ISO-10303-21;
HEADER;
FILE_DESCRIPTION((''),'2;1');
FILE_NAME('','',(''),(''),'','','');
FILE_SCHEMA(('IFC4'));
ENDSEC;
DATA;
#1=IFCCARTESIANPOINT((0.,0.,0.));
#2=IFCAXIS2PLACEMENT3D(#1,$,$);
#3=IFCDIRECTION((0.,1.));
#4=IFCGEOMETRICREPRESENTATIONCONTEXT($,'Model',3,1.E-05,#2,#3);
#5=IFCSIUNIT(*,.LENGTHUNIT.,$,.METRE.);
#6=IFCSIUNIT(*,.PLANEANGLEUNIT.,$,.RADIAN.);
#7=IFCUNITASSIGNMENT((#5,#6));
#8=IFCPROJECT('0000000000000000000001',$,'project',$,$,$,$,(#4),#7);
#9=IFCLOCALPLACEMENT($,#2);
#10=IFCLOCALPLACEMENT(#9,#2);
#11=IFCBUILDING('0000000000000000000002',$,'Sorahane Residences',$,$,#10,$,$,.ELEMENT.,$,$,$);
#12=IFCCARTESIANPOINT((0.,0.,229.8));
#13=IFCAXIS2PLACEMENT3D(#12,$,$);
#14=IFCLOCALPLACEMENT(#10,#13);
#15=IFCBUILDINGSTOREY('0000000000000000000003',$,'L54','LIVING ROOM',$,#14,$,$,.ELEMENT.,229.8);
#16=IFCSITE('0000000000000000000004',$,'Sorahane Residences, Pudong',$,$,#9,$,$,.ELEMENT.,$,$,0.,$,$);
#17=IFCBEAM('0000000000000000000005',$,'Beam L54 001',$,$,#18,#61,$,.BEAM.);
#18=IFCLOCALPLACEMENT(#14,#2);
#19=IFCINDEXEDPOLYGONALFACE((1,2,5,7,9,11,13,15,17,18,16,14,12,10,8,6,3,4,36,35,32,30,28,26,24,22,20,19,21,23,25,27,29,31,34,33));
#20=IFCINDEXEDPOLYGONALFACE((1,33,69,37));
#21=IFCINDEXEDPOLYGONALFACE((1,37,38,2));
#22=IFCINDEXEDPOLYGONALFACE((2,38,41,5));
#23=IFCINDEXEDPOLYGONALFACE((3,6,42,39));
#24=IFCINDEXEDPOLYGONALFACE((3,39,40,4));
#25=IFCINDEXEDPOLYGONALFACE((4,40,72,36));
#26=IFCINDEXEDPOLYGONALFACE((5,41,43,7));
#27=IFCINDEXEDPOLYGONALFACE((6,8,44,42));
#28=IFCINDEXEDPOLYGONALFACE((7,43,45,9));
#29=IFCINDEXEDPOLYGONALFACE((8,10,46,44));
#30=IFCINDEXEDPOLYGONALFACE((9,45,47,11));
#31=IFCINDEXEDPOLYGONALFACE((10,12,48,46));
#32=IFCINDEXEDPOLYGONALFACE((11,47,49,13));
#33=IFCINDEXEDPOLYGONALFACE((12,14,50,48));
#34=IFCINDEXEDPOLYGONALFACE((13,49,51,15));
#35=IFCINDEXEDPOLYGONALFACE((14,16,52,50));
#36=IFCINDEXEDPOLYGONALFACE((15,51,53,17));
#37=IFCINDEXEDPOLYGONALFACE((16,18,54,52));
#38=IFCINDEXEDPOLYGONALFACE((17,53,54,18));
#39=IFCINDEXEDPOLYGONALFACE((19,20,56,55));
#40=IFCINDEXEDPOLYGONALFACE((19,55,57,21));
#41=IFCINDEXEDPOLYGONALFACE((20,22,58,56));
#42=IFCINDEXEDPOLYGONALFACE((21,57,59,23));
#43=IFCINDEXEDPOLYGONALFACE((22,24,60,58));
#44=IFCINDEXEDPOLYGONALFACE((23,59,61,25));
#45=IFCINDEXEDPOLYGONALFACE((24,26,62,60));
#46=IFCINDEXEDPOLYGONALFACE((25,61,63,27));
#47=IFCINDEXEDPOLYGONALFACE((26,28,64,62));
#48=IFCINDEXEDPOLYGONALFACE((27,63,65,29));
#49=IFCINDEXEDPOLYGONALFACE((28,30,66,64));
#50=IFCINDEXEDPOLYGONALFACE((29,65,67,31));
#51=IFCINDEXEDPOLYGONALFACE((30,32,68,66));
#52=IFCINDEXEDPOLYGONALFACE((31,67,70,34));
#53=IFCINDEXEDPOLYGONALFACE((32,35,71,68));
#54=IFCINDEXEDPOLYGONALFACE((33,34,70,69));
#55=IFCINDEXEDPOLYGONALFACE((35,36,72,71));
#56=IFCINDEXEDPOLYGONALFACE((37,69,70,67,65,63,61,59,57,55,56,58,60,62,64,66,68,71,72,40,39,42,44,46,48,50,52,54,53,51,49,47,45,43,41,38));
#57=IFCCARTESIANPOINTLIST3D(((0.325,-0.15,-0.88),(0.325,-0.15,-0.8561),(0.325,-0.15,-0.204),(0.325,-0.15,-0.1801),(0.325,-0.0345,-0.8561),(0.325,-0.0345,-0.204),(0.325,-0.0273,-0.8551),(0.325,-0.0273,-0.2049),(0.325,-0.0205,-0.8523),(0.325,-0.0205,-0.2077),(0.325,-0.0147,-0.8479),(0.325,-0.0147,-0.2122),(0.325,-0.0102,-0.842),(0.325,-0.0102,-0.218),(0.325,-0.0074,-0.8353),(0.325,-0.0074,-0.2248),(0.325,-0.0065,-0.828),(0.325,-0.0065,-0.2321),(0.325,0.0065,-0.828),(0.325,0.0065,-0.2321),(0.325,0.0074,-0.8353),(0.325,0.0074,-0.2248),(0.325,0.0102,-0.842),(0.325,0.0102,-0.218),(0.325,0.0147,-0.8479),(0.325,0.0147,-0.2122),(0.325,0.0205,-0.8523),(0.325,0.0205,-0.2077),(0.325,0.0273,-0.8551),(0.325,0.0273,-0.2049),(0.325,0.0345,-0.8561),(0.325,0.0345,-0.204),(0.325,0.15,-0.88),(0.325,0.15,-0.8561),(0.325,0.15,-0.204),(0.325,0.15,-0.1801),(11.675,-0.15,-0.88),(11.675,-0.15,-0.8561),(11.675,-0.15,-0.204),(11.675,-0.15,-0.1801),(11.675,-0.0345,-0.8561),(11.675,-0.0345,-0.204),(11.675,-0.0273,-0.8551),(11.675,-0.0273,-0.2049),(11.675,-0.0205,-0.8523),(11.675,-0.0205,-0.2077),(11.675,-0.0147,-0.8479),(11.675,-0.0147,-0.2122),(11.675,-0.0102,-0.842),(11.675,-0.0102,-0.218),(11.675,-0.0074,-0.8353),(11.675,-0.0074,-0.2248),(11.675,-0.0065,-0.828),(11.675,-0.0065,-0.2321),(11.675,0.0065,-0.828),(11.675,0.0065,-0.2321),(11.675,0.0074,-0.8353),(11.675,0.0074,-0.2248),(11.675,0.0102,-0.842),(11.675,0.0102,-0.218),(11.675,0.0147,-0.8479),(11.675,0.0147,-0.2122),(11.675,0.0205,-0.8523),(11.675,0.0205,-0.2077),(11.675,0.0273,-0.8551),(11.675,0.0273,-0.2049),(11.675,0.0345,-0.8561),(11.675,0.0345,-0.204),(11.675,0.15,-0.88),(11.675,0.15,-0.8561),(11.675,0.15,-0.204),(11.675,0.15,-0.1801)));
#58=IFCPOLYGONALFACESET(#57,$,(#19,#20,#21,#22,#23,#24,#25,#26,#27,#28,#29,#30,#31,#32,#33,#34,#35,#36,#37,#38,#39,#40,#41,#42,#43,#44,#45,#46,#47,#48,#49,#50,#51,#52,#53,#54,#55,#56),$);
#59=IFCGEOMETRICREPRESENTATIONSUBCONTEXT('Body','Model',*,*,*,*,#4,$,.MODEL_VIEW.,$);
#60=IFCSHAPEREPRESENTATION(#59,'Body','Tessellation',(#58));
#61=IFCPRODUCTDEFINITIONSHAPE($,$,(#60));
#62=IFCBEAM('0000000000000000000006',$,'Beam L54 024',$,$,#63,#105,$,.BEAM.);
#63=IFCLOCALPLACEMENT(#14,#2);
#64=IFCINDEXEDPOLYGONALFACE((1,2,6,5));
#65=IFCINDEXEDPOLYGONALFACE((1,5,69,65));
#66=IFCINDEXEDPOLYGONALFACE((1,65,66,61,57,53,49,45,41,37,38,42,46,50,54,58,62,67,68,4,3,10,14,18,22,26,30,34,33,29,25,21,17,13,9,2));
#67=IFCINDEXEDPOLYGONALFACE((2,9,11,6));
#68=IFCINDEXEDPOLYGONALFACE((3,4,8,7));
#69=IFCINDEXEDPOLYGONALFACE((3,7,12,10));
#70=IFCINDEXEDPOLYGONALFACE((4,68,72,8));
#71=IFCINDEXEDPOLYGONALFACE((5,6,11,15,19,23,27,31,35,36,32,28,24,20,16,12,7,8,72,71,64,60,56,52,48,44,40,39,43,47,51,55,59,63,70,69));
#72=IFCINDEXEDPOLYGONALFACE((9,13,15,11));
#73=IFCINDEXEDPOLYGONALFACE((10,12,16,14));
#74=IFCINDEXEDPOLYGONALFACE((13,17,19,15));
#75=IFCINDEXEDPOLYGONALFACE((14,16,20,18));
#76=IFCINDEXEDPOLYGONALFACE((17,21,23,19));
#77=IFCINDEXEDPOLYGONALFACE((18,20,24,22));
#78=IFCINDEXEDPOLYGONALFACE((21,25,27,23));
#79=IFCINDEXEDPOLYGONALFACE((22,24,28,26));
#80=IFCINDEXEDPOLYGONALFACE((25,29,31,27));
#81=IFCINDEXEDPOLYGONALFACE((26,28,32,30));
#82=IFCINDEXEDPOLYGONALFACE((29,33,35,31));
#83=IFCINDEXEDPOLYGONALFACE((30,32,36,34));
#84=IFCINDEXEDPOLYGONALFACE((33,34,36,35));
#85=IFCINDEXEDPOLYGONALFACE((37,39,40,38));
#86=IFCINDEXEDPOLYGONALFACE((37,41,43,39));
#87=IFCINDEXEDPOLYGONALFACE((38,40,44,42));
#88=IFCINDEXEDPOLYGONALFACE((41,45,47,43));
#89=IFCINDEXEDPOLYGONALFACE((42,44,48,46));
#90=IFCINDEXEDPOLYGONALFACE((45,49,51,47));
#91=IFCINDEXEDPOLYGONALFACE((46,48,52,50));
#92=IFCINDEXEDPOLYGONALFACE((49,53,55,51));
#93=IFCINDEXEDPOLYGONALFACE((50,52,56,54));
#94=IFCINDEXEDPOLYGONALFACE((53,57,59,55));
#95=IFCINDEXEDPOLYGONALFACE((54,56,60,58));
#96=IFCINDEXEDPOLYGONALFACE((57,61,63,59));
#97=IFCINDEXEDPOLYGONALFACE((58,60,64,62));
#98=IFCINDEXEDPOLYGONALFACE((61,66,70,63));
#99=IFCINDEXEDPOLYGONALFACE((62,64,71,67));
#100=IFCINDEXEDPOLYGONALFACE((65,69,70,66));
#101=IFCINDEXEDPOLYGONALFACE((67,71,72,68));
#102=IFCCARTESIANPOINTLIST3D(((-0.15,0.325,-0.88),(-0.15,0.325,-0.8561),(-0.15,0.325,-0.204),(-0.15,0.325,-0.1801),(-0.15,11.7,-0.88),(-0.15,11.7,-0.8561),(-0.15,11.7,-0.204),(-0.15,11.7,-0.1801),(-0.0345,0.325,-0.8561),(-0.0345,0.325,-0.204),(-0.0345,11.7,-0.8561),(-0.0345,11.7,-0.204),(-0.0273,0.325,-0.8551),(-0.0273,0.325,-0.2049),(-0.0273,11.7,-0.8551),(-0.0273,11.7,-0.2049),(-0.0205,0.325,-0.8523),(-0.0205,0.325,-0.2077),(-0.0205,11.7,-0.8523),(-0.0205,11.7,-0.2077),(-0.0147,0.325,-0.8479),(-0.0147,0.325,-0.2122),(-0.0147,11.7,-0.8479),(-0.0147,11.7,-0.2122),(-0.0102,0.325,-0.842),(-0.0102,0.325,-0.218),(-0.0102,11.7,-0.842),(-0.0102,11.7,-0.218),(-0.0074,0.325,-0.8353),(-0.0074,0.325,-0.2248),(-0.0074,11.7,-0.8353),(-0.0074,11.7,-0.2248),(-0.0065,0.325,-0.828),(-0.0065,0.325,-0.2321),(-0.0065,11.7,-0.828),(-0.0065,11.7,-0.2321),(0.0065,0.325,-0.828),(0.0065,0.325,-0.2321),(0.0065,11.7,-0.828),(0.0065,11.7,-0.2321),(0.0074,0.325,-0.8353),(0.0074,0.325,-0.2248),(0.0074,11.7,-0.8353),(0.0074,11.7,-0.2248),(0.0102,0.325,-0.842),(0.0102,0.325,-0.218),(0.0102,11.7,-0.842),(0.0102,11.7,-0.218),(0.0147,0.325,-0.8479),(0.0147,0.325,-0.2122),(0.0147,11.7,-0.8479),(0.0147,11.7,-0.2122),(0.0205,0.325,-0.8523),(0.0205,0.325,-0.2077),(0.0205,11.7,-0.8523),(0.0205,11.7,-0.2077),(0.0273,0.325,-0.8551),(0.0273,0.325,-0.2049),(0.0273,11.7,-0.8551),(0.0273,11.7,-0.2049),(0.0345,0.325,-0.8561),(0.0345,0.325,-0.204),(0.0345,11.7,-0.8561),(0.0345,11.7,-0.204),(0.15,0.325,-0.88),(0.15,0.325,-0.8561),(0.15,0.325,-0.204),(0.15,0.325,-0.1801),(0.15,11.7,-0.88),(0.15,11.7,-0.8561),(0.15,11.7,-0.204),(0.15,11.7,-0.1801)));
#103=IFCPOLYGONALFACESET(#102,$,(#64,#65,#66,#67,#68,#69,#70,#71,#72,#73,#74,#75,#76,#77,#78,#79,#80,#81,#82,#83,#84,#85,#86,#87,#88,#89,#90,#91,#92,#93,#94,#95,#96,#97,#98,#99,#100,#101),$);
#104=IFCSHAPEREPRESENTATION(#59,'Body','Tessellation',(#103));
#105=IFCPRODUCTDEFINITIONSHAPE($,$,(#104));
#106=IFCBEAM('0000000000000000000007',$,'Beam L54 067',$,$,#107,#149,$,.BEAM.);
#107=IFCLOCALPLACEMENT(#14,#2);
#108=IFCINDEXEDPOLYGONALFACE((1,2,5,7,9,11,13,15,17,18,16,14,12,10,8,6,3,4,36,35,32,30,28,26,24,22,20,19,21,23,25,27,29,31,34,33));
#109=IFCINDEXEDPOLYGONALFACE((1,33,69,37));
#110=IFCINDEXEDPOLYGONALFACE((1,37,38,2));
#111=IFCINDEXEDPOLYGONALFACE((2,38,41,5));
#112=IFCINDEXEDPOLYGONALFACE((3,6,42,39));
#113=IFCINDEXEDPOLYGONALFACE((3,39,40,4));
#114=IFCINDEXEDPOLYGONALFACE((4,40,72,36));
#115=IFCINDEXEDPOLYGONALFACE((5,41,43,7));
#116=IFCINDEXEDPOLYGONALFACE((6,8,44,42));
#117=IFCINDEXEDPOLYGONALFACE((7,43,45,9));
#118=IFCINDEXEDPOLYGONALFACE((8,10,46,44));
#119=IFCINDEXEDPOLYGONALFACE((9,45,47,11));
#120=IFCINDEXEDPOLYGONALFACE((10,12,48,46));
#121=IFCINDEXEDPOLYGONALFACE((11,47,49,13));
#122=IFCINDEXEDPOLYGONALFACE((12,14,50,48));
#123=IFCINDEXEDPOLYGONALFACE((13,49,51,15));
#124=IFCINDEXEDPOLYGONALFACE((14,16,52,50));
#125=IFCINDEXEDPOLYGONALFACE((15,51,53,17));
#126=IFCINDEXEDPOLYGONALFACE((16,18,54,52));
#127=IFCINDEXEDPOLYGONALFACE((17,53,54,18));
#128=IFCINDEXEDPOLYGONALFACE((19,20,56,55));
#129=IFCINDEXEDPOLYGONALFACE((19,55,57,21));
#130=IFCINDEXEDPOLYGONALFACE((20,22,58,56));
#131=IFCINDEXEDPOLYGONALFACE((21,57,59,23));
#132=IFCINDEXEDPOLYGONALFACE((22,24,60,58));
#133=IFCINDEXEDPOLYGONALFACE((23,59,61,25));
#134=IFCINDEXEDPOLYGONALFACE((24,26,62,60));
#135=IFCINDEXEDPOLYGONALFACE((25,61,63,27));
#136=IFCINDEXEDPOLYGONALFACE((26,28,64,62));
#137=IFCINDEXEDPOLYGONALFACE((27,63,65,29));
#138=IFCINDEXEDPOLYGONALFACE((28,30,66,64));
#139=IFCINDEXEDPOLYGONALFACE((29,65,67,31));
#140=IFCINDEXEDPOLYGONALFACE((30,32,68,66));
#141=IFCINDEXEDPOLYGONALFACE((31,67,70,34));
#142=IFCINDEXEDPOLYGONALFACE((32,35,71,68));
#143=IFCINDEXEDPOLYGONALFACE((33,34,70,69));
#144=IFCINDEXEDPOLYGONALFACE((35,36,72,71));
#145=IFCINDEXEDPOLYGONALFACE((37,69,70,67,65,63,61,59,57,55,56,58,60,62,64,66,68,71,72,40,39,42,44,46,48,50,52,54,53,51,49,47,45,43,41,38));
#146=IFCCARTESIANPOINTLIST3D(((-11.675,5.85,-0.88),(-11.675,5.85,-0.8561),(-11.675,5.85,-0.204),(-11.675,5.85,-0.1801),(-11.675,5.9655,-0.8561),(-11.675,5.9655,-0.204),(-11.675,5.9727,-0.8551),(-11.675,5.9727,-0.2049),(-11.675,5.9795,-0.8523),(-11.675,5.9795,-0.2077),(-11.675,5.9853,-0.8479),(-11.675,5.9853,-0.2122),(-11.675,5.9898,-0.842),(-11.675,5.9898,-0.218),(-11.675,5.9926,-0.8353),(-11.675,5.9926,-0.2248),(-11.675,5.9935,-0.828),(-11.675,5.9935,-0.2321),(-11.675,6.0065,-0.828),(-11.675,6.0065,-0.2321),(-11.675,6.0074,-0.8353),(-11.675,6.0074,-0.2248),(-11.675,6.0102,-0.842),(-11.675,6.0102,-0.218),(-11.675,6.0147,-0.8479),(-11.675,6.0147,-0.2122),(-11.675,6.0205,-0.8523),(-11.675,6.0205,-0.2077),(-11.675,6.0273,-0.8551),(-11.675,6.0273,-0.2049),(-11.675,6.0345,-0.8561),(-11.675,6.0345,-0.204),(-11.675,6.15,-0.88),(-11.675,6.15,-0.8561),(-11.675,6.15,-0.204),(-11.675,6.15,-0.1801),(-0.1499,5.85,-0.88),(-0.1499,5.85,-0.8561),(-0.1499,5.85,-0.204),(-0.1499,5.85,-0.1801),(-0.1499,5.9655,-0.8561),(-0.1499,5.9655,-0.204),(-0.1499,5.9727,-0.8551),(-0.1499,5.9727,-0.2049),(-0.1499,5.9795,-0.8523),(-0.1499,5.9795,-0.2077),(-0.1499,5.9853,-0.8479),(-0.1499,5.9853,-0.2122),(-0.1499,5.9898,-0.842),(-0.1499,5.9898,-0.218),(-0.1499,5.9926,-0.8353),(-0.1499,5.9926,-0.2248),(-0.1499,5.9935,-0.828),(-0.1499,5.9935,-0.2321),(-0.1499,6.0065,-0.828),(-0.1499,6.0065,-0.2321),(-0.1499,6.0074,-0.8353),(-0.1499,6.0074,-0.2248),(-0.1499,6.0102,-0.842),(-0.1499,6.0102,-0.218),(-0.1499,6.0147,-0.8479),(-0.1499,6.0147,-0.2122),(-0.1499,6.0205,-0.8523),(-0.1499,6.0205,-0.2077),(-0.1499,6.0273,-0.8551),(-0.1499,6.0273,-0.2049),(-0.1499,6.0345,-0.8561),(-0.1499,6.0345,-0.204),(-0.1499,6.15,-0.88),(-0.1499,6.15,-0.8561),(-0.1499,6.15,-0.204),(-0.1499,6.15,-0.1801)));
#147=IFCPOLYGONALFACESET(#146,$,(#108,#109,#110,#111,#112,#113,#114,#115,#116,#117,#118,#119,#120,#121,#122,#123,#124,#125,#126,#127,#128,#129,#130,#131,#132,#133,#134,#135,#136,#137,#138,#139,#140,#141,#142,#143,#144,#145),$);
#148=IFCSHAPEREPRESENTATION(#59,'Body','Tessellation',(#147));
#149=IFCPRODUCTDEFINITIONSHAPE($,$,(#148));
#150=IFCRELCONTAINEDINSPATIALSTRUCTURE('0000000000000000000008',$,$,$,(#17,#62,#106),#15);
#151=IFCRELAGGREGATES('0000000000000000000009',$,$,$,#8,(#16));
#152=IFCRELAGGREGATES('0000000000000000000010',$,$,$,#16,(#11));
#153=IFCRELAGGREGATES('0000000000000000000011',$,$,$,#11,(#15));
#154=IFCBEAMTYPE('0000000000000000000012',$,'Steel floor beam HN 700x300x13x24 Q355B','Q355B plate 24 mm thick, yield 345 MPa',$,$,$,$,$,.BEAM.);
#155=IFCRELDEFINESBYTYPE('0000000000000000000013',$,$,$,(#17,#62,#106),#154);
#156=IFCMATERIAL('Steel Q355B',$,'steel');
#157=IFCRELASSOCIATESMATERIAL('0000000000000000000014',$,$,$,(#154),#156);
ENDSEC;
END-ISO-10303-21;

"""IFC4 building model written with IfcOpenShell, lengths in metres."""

from ifc_helpers import new_model, si_unit, direction, frame, origin, origin_2d, place, context, subcontext, project, spatial, i_section, extrude, material, material_profile, profile_set, type_object, element, save


model = new_model("IFC4")

# Units and contexts
model_context = context("Model", 3, precision=1e-05, world=origin(), true_north=direction((0.0, 1.0)))
body_context = subcontext(model_context, "Body", "Model", "MODEL_VIEW")
ifc_project = project(units=[si_unit("LENGTHUNIT", "METRE"), si_unit("PLANEANGLEUNIT", "RADIAN")], contexts=[model_context])

# Site, building, storey
site_placement = place(None, origin())
site = spatial("IfcSite", under=ifc_project, at=site_placement, Name="Sorahane Residences, Pudong", CompositionType="ELEMENT", RefElevation=0.0)
building_placement = place(site_placement, origin())
building = spatial("IfcBuilding", under=site, at=building_placement, Name="Sorahane Residences", CompositionType="ELEMENT")
storey_placement = place(building_placement, frame((0.0, 0.0, 229.8)))
storey = spatial("IfcBuildingStorey", under=building, at=storey_placement, Name="L54", Description="LIVING ROOM", CompositionType="ELEMENT", Elevation=229.8)

# Beams
ifc_material_1 = material(Name="Steel Q355B", Category="steel")
ifc_material_profile_1 = material_profile(ifc_material_1, i_section(OverallWidth=0.3, OverallDepth=0.7, WebThickness=0.0129, FlangeThickness=0.0239, FilletRadius=0.0281, at=origin_2d()), Name="HN 700x300x13x24")
ifc_profile_set_1 = profile_set([ifc_material_profile_1], Name="Steel Q355B")
beam_type_1 = type_object("IfcBeamType", Name="Steel floor beam HN 700x300x13x24 Q355B", Description="Q355B plate 24 mm thick, yield 345 MPa", PredefinedType="BEAM", material=ifc_profile_set_1)
beam_1_placement = place(storey_placement, frame((0.325, 0.0, -0.53), z_axis=(1.0, 0.0, 0.0), x_axis=(0.0, 1.0, 0.0)))
element("IfcBeam", 1, at=beam_1_placement, inside=storey, type_object=beam_type_1, Name="Beam L54 001", PredefinedType="BEAM", context=body_context, shape_type="SweptSolid", body=[
    extrude(i_section(OverallWidth=0.3, OverallDepth=0.7, WebThickness=0.0129, FlangeThickness=0.0239, FilletRadius=0.0281, at=origin_2d()), origin(), (0.0, 0.0, 1.0), 11.3501),
])
beam_2_placement = place(storey_placement, frame((0.0, 0.325, -0.53), z_axis=(0.0, 1.0, 0.0), x_axis=(-1.0, 0.0, 0.0)))
element("IfcBeam", 2, at=beam_2_placement, inside=storey, type_object=beam_type_1, Name="Beam L54 024", PredefinedType="BEAM", context=body_context, shape_type="SweptSolid", body=[
    extrude(i_section(OverallWidth=0.3, OverallDepth=0.7, WebThickness=0.0129, FlangeThickness=0.0239, FilletRadius=0.0281, at=origin_2d()), origin(), (0.0, 0.0, 1.0), 11.375),
])
beam_3_placement = place(storey_placement, frame((-11.675, 6.0, -0.53), z_axis=(1.0, 0.0, 0.0), x_axis=(0.0, 1.0, 0.0)))
element("IfcBeam", 3, at=beam_3_placement, inside=storey, type_object=beam_type_1, Name="Beam L54 067", PredefinedType="BEAM", context=body_context, shape_type="SweptSolid", body=[
    extrude(i_section(OverallWidth=0.3, OverallDepth=0.7, WebThickness=0.0129, FlangeThickness=0.0239, FilletRadius=0.0281, at=origin_2d()), origin(), (0.0, 0.0, 1.0), 11.5251),
])

save(model, "model.ifc")
